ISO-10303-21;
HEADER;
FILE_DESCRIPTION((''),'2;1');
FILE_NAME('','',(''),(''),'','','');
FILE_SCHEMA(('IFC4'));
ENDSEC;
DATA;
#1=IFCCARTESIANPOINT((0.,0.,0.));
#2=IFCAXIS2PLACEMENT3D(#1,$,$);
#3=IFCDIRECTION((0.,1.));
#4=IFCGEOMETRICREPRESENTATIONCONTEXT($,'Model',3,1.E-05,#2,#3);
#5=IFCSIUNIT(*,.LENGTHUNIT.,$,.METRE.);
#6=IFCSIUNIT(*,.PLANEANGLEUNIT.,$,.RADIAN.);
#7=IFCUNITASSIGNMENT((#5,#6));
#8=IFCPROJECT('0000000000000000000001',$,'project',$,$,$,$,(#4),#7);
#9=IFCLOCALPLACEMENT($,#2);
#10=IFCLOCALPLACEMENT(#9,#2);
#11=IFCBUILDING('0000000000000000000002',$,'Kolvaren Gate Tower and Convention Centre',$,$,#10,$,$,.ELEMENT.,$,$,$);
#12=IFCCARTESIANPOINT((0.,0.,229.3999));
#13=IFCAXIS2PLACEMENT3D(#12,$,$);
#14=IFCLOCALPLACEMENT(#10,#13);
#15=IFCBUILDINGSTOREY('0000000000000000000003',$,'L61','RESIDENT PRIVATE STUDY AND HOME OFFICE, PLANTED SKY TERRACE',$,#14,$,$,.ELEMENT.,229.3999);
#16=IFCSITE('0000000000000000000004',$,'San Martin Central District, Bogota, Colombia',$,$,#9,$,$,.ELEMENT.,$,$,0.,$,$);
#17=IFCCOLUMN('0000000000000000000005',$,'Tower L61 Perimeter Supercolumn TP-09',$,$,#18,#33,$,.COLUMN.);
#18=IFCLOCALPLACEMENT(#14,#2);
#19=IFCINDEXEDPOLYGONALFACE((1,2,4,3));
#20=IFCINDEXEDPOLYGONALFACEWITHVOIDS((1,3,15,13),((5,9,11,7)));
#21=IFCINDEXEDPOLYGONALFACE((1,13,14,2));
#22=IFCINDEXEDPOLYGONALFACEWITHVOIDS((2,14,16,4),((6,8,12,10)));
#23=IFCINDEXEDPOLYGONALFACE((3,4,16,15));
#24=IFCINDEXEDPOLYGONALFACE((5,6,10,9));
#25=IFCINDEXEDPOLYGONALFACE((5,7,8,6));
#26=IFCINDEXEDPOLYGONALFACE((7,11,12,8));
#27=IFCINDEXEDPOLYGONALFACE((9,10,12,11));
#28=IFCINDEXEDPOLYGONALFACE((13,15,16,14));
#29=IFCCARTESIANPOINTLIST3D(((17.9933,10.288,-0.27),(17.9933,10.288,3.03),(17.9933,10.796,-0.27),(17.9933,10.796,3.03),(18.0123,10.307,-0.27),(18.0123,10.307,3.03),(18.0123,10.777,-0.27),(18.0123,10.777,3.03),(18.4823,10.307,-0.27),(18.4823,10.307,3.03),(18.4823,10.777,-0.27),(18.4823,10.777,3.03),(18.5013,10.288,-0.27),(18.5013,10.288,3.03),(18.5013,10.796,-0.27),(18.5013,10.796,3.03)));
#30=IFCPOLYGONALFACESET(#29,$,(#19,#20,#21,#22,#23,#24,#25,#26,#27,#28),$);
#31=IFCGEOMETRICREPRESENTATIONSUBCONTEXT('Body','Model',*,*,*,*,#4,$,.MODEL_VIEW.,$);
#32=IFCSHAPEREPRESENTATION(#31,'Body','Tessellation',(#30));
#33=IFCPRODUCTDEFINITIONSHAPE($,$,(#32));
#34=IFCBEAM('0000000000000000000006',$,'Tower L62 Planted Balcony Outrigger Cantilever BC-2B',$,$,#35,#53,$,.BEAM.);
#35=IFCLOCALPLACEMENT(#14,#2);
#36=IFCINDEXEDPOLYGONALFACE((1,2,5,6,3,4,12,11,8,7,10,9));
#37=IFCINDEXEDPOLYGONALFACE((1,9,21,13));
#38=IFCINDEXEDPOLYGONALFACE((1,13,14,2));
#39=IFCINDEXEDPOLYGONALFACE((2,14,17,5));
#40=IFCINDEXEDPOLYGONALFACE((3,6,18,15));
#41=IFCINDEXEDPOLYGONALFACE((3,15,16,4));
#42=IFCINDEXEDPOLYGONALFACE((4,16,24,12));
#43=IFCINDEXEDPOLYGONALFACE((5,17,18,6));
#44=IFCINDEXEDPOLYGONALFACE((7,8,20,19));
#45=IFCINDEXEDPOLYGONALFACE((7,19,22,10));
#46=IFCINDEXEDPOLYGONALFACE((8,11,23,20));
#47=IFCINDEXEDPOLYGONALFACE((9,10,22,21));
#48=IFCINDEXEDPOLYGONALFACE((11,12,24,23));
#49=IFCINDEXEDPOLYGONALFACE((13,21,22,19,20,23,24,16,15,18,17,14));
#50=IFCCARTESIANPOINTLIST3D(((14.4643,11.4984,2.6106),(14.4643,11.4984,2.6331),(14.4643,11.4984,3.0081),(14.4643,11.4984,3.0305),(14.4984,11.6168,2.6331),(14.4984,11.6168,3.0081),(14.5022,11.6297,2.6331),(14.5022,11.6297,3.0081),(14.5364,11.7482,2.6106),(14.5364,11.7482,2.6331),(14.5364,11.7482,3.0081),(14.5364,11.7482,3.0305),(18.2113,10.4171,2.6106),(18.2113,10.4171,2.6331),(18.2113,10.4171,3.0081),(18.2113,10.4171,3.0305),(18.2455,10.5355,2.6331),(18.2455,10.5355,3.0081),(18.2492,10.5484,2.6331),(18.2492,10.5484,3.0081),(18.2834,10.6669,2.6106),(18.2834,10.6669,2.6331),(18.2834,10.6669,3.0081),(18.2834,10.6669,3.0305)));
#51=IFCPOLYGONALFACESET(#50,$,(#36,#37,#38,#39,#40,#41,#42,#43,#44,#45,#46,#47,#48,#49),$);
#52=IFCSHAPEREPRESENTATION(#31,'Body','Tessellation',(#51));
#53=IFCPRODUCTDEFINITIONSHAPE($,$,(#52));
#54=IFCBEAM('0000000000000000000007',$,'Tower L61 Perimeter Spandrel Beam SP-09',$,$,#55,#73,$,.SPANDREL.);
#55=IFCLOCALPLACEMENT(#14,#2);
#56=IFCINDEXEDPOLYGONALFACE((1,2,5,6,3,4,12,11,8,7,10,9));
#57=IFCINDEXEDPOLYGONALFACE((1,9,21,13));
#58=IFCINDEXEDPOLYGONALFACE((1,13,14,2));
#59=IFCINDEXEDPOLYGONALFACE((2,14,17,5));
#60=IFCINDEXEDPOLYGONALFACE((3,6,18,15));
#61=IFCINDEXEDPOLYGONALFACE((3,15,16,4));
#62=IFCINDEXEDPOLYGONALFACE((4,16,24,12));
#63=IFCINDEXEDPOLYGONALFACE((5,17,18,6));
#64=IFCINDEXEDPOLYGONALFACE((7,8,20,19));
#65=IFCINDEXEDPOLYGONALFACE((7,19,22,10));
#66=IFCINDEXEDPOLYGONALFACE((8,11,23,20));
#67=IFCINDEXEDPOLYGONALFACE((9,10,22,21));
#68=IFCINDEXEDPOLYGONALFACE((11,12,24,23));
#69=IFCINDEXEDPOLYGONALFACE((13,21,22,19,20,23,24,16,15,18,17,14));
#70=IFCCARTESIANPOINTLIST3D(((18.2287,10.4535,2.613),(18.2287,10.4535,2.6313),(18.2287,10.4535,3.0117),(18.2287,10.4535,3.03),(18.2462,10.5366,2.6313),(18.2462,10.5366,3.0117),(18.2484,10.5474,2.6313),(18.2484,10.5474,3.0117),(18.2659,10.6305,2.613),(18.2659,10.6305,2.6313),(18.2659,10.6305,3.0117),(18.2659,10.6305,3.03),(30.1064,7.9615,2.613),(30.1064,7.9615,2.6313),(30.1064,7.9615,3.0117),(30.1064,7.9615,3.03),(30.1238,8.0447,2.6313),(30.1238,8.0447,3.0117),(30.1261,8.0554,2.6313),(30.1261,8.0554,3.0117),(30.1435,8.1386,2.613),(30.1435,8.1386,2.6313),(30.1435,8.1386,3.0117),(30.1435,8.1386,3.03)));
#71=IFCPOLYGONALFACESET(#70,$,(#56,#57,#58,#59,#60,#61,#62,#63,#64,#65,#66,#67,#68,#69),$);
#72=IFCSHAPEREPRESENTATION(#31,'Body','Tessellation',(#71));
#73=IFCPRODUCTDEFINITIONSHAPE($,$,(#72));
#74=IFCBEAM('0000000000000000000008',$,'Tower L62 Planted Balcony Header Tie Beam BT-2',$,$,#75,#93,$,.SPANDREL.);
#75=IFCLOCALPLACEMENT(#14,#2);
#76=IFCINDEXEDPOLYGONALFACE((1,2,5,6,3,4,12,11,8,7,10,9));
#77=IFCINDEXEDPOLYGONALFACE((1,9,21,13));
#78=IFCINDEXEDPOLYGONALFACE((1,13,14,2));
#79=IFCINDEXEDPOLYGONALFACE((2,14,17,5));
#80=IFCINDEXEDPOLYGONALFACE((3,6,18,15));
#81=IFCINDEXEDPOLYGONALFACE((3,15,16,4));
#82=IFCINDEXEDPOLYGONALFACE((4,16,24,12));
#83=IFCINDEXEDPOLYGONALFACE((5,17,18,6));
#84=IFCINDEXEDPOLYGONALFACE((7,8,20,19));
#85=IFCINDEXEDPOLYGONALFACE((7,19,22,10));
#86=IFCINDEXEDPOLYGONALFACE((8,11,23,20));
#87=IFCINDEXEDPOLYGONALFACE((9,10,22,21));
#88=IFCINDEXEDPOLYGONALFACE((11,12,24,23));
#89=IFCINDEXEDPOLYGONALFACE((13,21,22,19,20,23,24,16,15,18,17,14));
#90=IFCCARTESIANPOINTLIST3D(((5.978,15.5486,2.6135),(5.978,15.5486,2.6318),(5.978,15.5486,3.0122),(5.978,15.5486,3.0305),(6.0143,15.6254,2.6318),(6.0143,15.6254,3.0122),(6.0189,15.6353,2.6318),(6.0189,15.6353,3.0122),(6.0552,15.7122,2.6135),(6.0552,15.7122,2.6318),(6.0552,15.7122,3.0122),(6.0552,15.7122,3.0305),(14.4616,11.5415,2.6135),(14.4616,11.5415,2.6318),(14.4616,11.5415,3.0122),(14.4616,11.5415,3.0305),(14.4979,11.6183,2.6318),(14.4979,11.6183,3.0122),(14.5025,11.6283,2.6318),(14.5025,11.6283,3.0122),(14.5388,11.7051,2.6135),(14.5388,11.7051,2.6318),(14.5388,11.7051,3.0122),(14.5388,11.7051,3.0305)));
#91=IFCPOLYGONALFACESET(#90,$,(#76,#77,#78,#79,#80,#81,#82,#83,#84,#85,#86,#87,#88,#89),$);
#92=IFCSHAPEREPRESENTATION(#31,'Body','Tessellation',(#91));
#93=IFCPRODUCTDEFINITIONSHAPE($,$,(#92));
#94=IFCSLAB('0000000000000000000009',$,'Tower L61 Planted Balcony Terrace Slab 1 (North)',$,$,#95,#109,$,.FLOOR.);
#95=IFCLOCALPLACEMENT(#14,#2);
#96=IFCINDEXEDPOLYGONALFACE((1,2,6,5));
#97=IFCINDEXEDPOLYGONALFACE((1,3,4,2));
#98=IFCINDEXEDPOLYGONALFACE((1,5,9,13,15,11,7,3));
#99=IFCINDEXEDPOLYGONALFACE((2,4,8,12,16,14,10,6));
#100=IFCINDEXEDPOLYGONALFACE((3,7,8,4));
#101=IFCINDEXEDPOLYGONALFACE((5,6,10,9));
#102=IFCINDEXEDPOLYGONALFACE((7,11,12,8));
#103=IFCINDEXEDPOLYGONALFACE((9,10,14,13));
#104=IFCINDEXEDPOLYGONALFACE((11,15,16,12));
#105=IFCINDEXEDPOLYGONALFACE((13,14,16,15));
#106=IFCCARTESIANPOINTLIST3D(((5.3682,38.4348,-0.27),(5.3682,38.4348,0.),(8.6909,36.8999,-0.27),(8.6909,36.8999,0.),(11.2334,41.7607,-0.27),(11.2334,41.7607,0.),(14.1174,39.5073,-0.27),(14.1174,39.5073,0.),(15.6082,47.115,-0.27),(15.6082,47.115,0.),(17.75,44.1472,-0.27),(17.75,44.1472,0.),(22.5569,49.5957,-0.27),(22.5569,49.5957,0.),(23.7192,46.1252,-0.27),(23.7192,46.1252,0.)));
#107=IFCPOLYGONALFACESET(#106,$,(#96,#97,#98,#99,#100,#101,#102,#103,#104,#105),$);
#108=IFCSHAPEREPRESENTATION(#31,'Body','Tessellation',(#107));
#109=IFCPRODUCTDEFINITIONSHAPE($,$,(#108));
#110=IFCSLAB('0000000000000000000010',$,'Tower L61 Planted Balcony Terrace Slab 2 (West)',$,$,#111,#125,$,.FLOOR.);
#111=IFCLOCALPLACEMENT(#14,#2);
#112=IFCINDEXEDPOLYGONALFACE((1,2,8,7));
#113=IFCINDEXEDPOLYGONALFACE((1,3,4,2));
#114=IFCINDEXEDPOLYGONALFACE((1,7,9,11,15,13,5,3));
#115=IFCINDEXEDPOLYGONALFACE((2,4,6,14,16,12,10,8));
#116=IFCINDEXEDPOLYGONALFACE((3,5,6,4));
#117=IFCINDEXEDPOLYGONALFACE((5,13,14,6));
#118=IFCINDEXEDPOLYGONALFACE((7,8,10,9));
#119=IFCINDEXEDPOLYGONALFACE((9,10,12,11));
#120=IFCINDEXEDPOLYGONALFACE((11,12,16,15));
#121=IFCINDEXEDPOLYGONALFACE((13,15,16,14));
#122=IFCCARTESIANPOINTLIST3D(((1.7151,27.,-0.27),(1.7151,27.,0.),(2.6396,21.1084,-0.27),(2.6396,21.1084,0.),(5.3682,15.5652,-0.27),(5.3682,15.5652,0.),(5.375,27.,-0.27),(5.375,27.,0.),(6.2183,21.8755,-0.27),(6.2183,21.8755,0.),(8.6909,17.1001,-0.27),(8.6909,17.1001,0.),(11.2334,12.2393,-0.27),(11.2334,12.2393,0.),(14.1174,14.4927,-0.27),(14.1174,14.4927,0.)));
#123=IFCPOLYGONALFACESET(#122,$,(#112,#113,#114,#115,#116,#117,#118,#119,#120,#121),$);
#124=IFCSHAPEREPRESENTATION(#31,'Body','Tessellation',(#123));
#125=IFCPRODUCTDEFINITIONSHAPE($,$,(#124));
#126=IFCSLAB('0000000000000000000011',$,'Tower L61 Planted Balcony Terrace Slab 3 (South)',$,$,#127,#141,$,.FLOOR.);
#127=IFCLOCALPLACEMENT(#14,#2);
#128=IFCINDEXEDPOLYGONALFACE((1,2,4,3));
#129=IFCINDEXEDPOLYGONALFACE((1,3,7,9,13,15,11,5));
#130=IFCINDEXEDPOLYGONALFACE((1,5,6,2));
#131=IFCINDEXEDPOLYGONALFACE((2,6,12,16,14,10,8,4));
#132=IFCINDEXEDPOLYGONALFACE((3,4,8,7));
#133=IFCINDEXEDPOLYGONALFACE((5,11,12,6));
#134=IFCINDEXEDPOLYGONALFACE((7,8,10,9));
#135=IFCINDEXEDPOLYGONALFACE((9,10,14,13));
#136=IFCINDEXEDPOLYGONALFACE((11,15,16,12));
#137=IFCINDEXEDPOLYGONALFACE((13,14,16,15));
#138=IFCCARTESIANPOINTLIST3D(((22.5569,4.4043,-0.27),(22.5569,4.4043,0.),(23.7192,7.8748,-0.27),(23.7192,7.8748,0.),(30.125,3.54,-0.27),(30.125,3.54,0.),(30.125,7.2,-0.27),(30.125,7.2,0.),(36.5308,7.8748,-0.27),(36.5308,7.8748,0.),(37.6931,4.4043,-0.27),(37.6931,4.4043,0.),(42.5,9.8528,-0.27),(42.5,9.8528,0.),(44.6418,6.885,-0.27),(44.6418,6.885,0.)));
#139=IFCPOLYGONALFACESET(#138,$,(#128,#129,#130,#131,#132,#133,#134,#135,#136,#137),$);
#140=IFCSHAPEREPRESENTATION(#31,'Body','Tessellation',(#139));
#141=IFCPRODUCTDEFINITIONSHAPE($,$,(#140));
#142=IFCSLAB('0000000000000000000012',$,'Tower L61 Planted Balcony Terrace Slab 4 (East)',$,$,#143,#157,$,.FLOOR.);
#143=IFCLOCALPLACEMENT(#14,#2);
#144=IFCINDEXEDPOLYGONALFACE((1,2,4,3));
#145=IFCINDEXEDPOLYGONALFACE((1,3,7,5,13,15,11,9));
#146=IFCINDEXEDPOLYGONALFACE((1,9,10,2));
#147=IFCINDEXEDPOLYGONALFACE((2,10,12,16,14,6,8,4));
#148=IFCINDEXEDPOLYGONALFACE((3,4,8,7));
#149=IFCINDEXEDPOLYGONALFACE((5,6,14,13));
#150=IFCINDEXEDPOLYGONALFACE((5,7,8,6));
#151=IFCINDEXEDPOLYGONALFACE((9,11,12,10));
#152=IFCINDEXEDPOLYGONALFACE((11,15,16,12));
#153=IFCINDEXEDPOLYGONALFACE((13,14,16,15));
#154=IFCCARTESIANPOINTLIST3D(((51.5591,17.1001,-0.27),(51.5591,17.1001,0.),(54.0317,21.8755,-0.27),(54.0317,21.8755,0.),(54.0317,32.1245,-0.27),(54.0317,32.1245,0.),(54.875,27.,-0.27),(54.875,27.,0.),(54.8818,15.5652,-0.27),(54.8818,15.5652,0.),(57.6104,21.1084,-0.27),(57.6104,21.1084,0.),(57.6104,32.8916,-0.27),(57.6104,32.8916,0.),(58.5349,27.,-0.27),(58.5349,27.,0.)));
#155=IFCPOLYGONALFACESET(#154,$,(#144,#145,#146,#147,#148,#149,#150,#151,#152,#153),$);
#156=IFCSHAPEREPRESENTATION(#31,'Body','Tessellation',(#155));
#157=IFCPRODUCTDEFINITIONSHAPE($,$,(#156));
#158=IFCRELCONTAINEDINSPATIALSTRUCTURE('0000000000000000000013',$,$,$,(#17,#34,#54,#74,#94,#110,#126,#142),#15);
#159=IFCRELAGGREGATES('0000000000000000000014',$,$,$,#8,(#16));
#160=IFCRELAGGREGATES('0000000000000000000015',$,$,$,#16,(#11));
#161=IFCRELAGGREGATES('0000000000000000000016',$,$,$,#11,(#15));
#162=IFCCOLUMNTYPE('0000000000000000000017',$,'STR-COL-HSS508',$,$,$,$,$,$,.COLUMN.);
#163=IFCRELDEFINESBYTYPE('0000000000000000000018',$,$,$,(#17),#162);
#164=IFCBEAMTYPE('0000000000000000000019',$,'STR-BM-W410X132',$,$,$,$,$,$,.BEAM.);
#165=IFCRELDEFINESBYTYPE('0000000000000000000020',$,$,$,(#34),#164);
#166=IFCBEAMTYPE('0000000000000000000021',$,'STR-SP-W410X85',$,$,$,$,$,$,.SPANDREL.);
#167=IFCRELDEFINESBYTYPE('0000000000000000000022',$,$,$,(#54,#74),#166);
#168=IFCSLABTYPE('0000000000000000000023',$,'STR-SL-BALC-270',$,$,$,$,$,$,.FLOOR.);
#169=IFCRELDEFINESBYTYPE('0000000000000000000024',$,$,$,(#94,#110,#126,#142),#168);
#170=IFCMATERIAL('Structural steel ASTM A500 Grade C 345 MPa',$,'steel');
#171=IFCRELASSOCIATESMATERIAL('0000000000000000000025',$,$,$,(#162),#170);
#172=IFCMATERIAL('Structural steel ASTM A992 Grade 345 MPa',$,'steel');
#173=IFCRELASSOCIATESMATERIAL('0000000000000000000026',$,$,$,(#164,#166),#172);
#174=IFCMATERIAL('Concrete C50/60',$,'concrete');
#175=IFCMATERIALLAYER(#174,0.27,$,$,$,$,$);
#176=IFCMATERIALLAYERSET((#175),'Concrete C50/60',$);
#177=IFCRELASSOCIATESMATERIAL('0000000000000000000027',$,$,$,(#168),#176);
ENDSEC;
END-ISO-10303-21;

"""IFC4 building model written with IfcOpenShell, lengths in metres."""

from ifc_helpers import new_model, si_unit, direction, frame, origin, origin_2d, place, context, subcontext, project, spatial, polyline, hollow_rectangle, i_section, outline, extrude, material, layer, layer_set, material_profile, profile_set, type_object, element, save


model = new_model("IFC4")

# Units and contexts
model_context = context("Model", 3, precision=1e-05, world=origin(), true_north=direction((0.0, 1.0)))
body_context = subcontext(model_context, "Body", "Model", "MODEL_VIEW")
ifc_project = project(units=[si_unit("LENGTHUNIT", "METRE"), si_unit("PLANEANGLEUNIT", "RADIAN")], contexts=[model_context])

# Site, building, storey
site_placement = place(None, origin())
site = spatial("IfcSite", under=ifc_project, at=site_placement, Name="San Martin Central District, Bogota, Colombia", CompositionType="ELEMENT", RefElevation=0.0)
building_placement = place(site_placement, origin())
building = spatial("IfcBuilding", under=site, at=building_placement, Name="Kolvaren Gate Tower and Convention Centre", CompositionType="ELEMENT")
storey_placement = place(building_placement, frame((0.0, 0.0, 229.3999)))
storey = spatial("IfcBuildingStorey", under=building, at=storey_placement, Name="L61", Description="RESIDENT PRIVATE STUDY AND HOME OFFICE, PLANTED SKY TERRACE", CompositionType="ELEMENT", Elevation=229.3999)

# Column
ifc_material_1 = material(Name="Structural steel ASTM A500 Grade C 345 MPa", Category="steel")
ifc_material_profile_1 = material_profile(ifc_material_1, hollow_rectangle(XDim=0.5081, YDim=0.5081, WallThickness=0.019, at=origin_2d()), Name="HSS508X508X19.1")
ifc_profile_set_1 = profile_set([ifc_material_profile_1], Name="Structural steel ASTM A500 Grade C 345 MPa")
column_type = type_object("IfcColumnType", Name="STR-COL-HSS508", PredefinedType="COLUMN", material=ifc_profile_set_1)
column_placement = place(storey_placement, frame((18.2473, 10.542, -0.27), z_axis=(0.0, 0.0, 1.0), x_axis=(1.0, 0.0, 0.0)))
element("IfcColumn", 1, at=column_placement, inside=storey, type_object=column_type, Name="Tower L61 Perimeter Supercolumn TP-09", PredefinedType="COLUMN", context=body_context, shape_type="SweptSolid", body=[
    extrude(hollow_rectangle(XDim=0.5081, YDim=0.5081, WallThickness=0.019, at=origin_2d()), origin(), (0.0, 0.0, 1.0), 3.3),
])

# Beams
ifc_material_2 = material(Name="Structural steel ASTM A992 Grade 345 MPa", Category="steel")
ifc_material_profile_2 = material_profile(ifc_material_2, i_section(OverallWidth=0.26, OverallDepth=0.4199, WebThickness=0.0134, FlangeThickness=0.0225, at=origin_2d()), Name="W410X132")
ifc_profile_set_2 = profile_set([ifc_material_profile_2], Name="Structural steel ASTM A992 Grade 345 MPa")
beam_type_1 = type_object("IfcBeamType", Name="STR-BM-W410X132", PredefinedType="BEAM", material=ifc_profile_set_2)
beam_1_placement = place(storey_placement, frame((18.2473, 10.542, 2.8206), z_axis=(-0.960795, 0.277258, 0.0), x_axis=(-0.277258, -0.960795, 0.0)))
element("IfcBeam", 2, at=beam_1_placement, inside=storey, type_object=beam_type_1, Name="Tower L62 Planted Balcony Outrigger Cantilever BC-2B", PredefinedType="BEAM", context=body_context, shape_type="SweptSolid", body=[
    extrude(i_section(OverallWidth=0.26, OverallDepth=0.4199, WebThickness=0.0134, FlangeThickness=0.0225, at=origin_2d()), origin(), (0.0, 0.0, 1.0), 3.8999),
])
ifc_material_profile_3 = material_profile(ifc_material_2, i_section(OverallWidth=0.1809, OverallDepth=0.417, WebThickness=0.011, FlangeThickness=0.0183, at=origin_2d()), Name="W410X85")
ifc_profile_set_3 = profile_set([ifc_material_profile_3], Name="Structural steel ASTM A992 Grade 345 MPa")
beam_type_2 = type_object("IfcBeamType", Name="STR-SP-W410X85", PredefinedType="SPANDREL", material=ifc_profile_set_3)
beam_2_placement = place(storey_placement, frame((18.2473, 10.542, 2.8215), z_axis=(0.978693, -0.20533, 0.0), x_axis=(0.20533, 0.978693, 0.0)))
element("IfcBeam", 3, at=beam_2_placement, inside=storey, type_object=beam_type_2, Name="Tower L61 Perimeter Spandrel Beam SP-09", PredefinedType="SPANDREL", context=body_context, shape_type="SweptSolid", body=[
    extrude(i_section(OverallWidth=0.1809, OverallDepth=0.417, WebThickness=0.011, FlangeThickness=0.0183, at=origin_2d()), origin(), (0.0, 0.0, 1.0), 12.1362),
])
beam_3_placement = place(storey_placement, frame((6.0166, 15.6304, 2.822), z_axis=(0.904211, -0.427086, 0.0), x_axis=(0.427086, 0.904211, 0.0)))
element("IfcBeam", 4, at=beam_3_placement, inside=storey, type_object=beam_type_2, Name="Tower L62 Planted Balcony Header Tie Beam BT-2", PredefinedType="SPANDREL", context=body_context, shape_type="SweptSolid", body=[
    extrude(i_section(OverallWidth=0.1809, OverallDepth=0.417, WebThickness=0.011, FlangeThickness=0.0183, at=origin_2d()), origin(), (0.0, 0.0, 1.0), 9.3823),
])

# Slabs
ifc_material_3 = material(Name="Concrete C50/60", Category="concrete")
ifc_layer_1 = layer(ifc_material_3, 0.27)
ifc_layer_set_1 = layer_set([ifc_layer_1], Name="Concrete C50/60")
slab_type_1 = type_object("IfcSlabType", Name="STR-SL-BALC-270", PredefinedType="FLOOR", material=ifc_layer_set_1)
slab_1_placement = place(storey_placement, frame((0.0, 0.0, -0.27)))
element("IfcSlab", 5, at=slab_1_placement, inside=storey, type_object=slab_type_1, Name="Tower L61 Planted Balcony Terrace Slab 1 (North)", PredefinedType="FLOOR", context=body_context, shape_type="SweptSolid", body=[
    extrude(outline(polyline([(23.7192, 46.1252), (17.75, 44.1472), (14.1174, 39.5073), (8.6909, 36.8999), (5.3682, 38.4348), (11.2334, 41.7607), (15.6082, 47.115), (22.5569, 49.5957), (23.7192, 46.1252)])), origin(), (0.0, 0.0, 1.0), 0.27),
])
slab_2_placement = place(storey_placement, frame((0.0, 0.0, -0.27)))
element("IfcSlab", 6, at=slab_2_placement, inside=storey, type_object=slab_type_1, Name="Tower L61 Planted Balcony Terrace Slab 2 (West)", PredefinedType="FLOOR", context=body_context, shape_type="SweptSolid", body=[
    extrude(outline(polyline([(5.375, 27.0), (6.2183, 21.8755), (8.6909, 17.1001), (14.1174, 14.4927), (11.2334, 12.2393), (5.3682, 15.5652), (2.6396, 21.1084), (1.7151, 27.0), (5.375, 27.0)])), origin(), (0.0, 0.0, 1.0), 0.27),
])
slab_3_placement = place(storey_placement, frame((0.0, 0.0, -0.27)))
element("IfcSlab", 7, at=slab_3_placement, inside=storey, type_object=slab_type_1, Name="Tower L61 Planted Balcony Terrace Slab 3 (South)", PredefinedType="FLOOR", context=body_context, shape_type="SweptSolid", body=[
    extrude(outline(polyline([(23.7192, 7.8748), (30.125, 7.2), (36.5308, 7.8748), (42.5, 9.8528), (44.6418, 6.885), (37.6931, 4.4043), (30.125, 3.54), (22.5569, 4.4043), (23.7192, 7.8748)])), origin(), (0.0, 0.0, 1.0), 0.27),
])
slab_4_placement = place(storey_placement, frame((0.0, 0.0, -0.27)))
element("IfcSlab", 8, at=slab_4_placement, inside=storey, type_object=slab_type_1, Name="Tower L61 Planted Balcony Terrace Slab 4 (East)", PredefinedType="FLOOR", context=body_context, shape_type="SweptSolid", body=[
    extrude(outline(polyline([(51.5591, 17.1001), (54.0317, 21.8755), (54.875, 27.0), (54.0317, 32.1245), (57.6104, 32.8916), (58.5349, 27.0), (57.6104, 21.1084), (54.8818, 15.5652), (51.5591, 17.1001)])), origin(), (0.0, 0.0, 1.0), 0.27),
])

save(model, "model.ifc")
